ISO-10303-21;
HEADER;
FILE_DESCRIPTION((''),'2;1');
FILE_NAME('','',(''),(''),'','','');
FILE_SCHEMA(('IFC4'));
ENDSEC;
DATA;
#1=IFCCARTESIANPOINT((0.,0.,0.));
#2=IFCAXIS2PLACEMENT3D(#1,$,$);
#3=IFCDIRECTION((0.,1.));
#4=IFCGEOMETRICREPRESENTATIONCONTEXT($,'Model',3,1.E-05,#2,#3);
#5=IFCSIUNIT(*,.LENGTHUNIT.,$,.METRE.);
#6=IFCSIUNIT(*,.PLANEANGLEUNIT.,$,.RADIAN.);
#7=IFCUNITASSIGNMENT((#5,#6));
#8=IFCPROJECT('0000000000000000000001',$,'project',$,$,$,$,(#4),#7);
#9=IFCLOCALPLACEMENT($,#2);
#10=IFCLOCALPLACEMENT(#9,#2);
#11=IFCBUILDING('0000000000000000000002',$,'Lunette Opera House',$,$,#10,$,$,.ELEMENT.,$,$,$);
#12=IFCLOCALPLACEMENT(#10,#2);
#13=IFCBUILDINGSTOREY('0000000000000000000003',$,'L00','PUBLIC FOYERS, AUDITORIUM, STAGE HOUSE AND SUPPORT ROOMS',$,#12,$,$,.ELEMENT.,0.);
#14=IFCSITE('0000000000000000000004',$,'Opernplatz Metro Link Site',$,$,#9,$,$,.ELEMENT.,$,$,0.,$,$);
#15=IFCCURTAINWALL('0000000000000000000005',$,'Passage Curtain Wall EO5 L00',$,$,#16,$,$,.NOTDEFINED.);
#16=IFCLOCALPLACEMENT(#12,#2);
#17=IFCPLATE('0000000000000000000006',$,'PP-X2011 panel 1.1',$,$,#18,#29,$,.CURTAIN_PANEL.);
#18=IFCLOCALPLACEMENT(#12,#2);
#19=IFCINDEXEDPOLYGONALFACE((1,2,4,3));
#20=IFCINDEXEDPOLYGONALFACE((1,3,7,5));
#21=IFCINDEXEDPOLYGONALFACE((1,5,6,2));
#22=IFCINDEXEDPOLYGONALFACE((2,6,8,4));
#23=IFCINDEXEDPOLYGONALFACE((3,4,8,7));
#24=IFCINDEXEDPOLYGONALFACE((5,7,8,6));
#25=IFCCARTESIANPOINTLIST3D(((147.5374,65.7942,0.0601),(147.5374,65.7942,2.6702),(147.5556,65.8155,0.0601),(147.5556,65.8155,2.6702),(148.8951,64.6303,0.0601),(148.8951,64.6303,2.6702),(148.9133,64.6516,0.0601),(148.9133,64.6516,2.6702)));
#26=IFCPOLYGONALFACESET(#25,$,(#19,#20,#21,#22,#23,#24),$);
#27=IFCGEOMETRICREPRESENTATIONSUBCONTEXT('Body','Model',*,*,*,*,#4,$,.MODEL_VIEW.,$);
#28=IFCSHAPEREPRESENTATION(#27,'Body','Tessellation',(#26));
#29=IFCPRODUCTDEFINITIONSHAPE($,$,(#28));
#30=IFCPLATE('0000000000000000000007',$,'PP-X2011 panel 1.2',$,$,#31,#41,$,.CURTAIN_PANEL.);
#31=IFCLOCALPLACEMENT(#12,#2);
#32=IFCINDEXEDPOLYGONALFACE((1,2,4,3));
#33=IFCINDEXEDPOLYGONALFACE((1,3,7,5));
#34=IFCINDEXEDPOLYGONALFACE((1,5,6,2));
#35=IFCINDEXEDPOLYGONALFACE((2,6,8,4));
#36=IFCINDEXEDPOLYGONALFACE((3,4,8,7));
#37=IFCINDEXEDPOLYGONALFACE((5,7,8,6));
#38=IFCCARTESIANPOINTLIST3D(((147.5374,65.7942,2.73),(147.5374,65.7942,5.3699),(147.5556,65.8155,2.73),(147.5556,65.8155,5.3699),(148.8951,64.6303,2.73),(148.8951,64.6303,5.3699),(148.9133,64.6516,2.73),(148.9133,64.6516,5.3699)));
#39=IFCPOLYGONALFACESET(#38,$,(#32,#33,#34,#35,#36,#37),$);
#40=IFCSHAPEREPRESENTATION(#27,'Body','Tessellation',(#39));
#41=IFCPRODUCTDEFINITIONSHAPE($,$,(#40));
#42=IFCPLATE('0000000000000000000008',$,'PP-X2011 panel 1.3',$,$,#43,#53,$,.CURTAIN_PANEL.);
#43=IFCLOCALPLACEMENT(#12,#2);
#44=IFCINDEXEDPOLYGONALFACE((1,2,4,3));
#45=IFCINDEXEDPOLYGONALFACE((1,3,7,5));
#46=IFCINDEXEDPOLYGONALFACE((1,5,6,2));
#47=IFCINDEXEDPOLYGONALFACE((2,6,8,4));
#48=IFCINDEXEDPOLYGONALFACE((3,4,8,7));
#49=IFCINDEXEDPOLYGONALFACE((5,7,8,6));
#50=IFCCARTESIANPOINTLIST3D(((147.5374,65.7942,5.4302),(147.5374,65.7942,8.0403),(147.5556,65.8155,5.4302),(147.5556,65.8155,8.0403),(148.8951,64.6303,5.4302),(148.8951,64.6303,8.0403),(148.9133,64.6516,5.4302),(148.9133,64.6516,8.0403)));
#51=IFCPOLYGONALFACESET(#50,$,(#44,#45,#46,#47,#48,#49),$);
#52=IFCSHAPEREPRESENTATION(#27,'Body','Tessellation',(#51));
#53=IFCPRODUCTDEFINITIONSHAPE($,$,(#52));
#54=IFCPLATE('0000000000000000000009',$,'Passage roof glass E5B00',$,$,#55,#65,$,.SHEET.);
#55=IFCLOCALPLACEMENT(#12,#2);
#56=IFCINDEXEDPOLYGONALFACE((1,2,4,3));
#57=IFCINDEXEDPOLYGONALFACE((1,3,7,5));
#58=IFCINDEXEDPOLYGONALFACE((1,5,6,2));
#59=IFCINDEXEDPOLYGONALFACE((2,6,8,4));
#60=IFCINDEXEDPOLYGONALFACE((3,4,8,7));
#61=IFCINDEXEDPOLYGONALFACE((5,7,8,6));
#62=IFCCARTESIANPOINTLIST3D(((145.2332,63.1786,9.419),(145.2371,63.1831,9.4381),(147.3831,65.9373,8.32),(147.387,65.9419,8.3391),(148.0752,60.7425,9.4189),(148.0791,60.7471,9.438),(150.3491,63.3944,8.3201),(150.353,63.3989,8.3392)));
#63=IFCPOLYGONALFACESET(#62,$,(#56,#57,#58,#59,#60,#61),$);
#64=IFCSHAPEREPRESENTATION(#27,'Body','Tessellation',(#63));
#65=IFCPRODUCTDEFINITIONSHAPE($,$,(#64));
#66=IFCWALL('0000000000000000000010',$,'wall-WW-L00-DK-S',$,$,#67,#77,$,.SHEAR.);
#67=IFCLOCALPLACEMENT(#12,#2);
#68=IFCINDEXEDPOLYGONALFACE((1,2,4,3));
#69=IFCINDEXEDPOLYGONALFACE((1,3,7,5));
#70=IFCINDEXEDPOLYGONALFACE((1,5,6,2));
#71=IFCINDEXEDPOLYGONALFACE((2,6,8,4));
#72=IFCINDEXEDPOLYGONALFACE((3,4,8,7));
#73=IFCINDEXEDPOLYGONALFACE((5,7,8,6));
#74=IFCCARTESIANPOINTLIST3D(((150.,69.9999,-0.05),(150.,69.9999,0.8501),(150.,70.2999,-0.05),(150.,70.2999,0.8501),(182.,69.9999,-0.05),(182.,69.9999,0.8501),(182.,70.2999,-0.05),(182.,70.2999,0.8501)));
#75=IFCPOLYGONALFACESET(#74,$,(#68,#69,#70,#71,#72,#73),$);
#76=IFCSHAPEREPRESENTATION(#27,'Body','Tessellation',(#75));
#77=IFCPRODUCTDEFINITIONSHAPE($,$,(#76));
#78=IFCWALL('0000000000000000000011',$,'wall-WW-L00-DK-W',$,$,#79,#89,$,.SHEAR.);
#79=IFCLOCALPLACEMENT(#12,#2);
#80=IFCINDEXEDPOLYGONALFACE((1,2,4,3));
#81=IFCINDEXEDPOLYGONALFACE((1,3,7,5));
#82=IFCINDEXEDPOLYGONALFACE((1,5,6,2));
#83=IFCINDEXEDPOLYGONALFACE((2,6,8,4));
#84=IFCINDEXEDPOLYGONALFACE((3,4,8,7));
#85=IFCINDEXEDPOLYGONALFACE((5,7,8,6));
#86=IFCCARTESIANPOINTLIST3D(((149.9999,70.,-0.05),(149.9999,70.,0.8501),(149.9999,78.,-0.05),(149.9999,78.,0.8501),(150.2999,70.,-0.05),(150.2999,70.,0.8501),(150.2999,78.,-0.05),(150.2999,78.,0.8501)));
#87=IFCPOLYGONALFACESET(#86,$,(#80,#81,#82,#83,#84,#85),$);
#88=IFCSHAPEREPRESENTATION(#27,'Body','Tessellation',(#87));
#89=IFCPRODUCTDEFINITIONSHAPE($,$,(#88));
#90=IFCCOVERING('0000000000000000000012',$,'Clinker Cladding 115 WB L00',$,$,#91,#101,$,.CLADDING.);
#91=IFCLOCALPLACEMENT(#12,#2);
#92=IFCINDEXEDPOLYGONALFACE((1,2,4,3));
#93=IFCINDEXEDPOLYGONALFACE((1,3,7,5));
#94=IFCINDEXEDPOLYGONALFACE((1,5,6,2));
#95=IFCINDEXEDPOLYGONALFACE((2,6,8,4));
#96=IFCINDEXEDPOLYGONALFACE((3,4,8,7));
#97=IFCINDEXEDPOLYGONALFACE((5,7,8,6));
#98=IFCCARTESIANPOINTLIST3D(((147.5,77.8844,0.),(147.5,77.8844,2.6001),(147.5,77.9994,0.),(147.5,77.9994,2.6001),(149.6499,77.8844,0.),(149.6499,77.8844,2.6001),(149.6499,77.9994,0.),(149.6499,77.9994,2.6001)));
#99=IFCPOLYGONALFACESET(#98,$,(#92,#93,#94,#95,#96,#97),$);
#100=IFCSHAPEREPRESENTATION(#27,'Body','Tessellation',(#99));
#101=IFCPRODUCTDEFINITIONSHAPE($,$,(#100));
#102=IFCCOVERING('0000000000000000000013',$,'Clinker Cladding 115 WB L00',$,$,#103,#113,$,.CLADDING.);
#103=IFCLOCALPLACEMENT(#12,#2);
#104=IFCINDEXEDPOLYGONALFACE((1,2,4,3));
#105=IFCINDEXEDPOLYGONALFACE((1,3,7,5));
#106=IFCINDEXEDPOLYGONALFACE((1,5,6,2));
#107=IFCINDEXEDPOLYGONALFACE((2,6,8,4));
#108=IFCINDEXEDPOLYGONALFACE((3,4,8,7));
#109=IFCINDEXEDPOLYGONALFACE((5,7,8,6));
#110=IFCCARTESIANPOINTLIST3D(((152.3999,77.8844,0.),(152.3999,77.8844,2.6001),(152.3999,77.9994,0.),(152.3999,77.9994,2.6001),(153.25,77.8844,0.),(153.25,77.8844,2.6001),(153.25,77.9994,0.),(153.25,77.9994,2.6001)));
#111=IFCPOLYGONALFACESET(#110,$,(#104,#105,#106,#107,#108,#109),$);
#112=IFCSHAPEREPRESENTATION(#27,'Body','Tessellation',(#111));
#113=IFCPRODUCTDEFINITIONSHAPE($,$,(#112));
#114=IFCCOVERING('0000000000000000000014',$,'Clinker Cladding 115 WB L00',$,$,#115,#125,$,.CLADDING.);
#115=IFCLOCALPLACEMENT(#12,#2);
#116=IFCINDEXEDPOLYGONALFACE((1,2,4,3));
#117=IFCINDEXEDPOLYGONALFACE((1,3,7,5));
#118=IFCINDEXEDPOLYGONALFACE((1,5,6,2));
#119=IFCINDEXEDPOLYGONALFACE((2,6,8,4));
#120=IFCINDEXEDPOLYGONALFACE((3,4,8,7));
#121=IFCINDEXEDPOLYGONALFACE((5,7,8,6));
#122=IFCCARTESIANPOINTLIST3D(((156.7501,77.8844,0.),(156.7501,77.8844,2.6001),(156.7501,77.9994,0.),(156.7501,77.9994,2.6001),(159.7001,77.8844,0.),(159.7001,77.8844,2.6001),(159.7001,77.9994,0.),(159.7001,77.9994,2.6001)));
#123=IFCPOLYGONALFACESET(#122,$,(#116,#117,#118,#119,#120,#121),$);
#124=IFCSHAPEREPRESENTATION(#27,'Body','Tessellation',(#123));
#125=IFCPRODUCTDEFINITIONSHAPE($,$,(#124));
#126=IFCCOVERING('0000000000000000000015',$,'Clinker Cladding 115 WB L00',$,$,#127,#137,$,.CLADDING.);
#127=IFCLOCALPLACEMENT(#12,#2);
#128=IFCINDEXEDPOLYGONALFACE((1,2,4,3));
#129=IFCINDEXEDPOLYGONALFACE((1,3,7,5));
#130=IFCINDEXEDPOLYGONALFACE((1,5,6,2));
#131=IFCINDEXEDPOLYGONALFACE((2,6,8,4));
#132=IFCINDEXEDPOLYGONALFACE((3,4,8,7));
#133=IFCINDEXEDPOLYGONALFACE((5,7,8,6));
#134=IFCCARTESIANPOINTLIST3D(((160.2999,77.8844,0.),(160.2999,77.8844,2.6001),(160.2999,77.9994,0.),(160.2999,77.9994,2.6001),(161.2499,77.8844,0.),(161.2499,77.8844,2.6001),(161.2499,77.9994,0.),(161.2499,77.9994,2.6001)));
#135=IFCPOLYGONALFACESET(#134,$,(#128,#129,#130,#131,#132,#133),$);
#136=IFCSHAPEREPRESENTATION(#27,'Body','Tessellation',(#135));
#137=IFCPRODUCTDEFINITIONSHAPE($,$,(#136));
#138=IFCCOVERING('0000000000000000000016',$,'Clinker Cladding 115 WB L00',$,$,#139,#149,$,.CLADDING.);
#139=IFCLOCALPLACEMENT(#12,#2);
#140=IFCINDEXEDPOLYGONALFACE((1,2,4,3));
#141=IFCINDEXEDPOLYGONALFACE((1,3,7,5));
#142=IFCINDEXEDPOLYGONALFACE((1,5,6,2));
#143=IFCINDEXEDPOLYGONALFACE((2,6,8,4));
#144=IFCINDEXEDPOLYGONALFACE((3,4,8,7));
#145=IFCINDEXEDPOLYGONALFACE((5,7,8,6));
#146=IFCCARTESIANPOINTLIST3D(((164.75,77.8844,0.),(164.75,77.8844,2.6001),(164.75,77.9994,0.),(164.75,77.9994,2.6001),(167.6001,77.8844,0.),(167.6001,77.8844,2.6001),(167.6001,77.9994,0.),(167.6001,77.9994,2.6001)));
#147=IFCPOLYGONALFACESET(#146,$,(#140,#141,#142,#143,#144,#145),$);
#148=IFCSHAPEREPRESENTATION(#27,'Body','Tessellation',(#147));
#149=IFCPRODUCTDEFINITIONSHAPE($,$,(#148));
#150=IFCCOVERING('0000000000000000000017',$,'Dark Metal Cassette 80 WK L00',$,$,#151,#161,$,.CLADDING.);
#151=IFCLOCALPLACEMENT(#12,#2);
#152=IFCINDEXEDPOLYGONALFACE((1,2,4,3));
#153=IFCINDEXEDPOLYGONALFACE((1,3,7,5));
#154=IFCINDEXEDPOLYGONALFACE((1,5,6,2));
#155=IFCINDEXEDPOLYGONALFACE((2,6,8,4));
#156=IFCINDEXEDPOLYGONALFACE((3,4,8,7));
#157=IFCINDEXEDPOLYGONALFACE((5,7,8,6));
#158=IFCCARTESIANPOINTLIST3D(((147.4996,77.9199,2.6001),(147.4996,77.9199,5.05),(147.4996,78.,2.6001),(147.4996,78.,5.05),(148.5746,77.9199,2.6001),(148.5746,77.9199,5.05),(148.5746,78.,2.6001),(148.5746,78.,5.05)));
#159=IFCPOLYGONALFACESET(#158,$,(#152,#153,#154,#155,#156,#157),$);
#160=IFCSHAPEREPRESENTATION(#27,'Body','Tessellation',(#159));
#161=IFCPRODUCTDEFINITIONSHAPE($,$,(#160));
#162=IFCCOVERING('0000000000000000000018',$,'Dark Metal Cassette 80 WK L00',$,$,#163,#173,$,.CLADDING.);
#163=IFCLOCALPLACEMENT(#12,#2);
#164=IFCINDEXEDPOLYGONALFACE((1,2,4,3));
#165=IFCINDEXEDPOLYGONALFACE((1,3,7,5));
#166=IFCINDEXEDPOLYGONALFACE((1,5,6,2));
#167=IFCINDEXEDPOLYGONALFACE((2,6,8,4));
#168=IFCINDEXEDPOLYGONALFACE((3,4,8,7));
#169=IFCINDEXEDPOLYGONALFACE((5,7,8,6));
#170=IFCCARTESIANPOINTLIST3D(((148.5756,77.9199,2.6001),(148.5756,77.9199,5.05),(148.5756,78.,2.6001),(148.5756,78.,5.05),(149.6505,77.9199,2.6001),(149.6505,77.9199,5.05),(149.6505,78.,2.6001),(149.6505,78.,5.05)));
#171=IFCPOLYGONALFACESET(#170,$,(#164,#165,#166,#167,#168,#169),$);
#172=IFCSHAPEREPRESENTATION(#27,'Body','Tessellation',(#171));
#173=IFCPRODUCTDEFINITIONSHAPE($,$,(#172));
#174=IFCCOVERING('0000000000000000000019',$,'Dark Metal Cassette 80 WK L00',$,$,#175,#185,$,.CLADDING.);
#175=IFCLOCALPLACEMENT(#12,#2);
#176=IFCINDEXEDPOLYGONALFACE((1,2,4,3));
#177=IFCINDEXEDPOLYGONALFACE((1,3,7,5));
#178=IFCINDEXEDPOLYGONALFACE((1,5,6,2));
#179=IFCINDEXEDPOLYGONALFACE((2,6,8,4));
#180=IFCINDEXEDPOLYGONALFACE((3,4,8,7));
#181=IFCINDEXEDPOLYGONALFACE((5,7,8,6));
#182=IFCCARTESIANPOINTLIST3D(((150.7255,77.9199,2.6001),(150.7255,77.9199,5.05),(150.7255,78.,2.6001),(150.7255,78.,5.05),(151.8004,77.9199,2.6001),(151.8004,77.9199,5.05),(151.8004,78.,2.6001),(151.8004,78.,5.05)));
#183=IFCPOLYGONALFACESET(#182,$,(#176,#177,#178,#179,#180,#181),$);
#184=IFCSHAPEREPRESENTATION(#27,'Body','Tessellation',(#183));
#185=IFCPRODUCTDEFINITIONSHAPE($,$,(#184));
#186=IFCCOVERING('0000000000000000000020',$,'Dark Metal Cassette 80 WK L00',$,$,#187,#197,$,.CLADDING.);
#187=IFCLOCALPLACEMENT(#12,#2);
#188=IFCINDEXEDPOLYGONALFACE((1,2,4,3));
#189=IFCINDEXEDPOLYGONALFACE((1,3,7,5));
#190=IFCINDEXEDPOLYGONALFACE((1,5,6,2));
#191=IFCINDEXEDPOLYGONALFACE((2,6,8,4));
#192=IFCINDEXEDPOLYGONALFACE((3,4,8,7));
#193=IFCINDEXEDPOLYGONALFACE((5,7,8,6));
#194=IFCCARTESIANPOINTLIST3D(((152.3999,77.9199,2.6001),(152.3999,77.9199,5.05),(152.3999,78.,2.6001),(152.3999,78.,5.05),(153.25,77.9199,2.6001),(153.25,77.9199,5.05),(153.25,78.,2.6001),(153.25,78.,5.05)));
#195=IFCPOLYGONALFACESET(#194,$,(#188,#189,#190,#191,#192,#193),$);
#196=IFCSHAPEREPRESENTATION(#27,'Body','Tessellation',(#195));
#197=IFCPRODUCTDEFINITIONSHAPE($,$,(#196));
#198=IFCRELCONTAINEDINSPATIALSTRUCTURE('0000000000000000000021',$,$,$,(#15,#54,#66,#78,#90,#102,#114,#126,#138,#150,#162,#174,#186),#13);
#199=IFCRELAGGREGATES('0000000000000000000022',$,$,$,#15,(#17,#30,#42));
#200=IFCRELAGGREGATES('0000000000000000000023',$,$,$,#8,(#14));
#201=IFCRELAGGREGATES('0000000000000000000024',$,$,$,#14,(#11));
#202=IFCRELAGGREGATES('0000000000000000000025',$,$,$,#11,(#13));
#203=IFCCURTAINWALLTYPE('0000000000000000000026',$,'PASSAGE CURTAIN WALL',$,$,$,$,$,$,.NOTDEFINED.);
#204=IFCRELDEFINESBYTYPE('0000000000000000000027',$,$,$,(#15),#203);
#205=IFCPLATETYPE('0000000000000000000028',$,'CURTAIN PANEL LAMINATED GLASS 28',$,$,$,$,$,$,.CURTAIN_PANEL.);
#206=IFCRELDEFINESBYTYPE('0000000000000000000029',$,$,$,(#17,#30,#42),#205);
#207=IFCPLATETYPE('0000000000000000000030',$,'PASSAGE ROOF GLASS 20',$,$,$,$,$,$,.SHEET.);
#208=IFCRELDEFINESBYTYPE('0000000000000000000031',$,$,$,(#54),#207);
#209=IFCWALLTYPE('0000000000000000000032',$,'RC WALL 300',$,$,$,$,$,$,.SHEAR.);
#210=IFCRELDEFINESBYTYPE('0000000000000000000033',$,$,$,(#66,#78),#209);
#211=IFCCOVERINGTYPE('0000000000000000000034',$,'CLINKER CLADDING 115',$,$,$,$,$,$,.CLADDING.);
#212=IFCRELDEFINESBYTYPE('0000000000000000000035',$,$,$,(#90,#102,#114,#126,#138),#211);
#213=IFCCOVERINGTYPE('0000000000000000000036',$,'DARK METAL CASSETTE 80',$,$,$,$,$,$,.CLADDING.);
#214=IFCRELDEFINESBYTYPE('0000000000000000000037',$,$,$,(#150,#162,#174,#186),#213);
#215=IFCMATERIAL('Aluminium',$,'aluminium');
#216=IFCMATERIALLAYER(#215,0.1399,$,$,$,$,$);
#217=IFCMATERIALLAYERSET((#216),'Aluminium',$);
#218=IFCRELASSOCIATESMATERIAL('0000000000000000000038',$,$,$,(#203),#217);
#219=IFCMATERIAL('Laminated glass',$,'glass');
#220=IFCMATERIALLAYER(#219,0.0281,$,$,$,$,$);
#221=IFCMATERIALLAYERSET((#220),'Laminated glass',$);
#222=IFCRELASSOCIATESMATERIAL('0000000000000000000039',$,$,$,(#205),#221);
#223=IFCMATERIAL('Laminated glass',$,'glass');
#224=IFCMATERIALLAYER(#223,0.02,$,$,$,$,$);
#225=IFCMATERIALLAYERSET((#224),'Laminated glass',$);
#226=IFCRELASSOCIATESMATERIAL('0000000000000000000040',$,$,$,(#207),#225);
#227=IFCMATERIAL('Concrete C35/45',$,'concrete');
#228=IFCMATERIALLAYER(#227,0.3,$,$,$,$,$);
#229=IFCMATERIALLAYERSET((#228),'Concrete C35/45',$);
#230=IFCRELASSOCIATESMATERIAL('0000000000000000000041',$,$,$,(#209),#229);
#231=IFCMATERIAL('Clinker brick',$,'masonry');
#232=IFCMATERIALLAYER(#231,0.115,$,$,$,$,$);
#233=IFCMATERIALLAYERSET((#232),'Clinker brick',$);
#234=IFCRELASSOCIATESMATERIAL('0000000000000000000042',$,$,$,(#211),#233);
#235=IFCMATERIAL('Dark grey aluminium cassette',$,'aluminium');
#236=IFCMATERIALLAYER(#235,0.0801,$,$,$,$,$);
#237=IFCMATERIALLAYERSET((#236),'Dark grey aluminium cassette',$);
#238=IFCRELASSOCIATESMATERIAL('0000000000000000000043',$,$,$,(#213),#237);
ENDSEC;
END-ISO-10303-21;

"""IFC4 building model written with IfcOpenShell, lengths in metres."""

from ifc_helpers import new_model, si_unit, direction, frame, frame_2d, origin, origin_2d, place, context, subcontext, project, spatial, polyline, rectangle, outline, extrude, material, layer, layer_set, type_object, element, aggregate, save


model = new_model("IFC4")

# Units and contexts
model_context = context("Model", 3, precision=1e-05, world=origin(), true_north=direction((0.0, 1.0)))
body_context = subcontext(model_context, "Body", "Model", "MODEL_VIEW")
ifc_project = project(units=[si_unit("LENGTHUNIT", "METRE"), si_unit("PLANEANGLEUNIT", "RADIAN")], contexts=[model_context])

# Site, building, storey
site_placement = place(None, origin())
site = spatial("IfcSite", under=ifc_project, at=site_placement, Name="Opernplatz Metro Link Site", CompositionType="ELEMENT", RefElevation=0.0)
building_placement = place(site_placement, origin())
building = spatial("IfcBuilding", under=site, at=building_placement, Name="Lunette Opera House", CompositionType="ELEMENT")
storey_placement = place(building_placement, origin())
storey = spatial("IfcBuildingStorey", under=building, at=storey_placement, Name="L00", Description="PUBLIC FOYERS, AUDITORIUM, STAGE HOUSE AND SUPPORT ROOMS", CompositionType="ELEMENT", Elevation=0.0)

# Curtain wall
ifc_material_1 = material(Name="Aluminium", Category="aluminium")
ifc_layer_1 = layer(ifc_material_1, 0.1399)
ifc_layer_set_1 = layer_set([ifc_layer_1], Name="Aluminium")
curtain_wall_type = type_object("IfcCurtainWallType", Name="PASSAGE CURTAIN WALL", PredefinedType="NOTDEFINED", material=ifc_layer_set_1)
curtain_wall_placement = place(storey_placement, origin())
curtain_wall = element("IfcCurtainWall", 1, at=curtain_wall_placement, inside=storey, type_object=curtain_wall_type, Name="Passage Curtain Wall EO5 L00", PredefinedType="NOTDEFINED")

# Plates
ifc_material_2 = material(Name="Laminated glass", Category="glass")
ifc_layer_2 = layer(ifc_material_2, 0.0281)
ifc_layer_set_2 = layer_set([ifc_layer_2], Name="Laminated glass")
plate_type_1 = type_object("IfcPlateType", Name="CURTAIN PANEL LAMINATED GLASS 28", PredefinedType="CURTAIN_PANEL", material=ifc_layer_set_2)
plate_1_placement = place(storey_placement, frame((148.2253, 65.2229, 0.0601), z_axis=(0.0, 0.0, 1.0), x_axis=(0.7592, -0.650857, 0.0)))
plate_1 = element("IfcPlate", 2, at=plate_1_placement, type_object=plate_type_1, Name="PP-X2011 panel 1.1", PredefinedType="CURTAIN_PANEL", context=body_context, shape_type="SweptSolid", body=[
    extrude(rectangle(XDim=1.7883, YDim=0.0281, at=origin_2d()), origin(), (0.0, 0.0, 1.0), 2.6101),
])
plate_2_placement = place(storey_placement, frame((148.2253, 65.2229, 2.73), z_axis=(0.0, 0.0, 1.0), x_axis=(0.7592, -0.650857, 0.0)))
plate_2 = element("IfcPlate", 3, at=plate_2_placement, type_object=plate_type_1, Name="PP-X2011 panel 1.2", PredefinedType="CURTAIN_PANEL", context=body_context, shape_type="SweptSolid", body=[
    extrude(rectangle(XDim=1.7883, YDim=0.0281, at=origin_2d()), origin(), (0.0, 0.0, 1.0), 2.6399),
])
plate_3_placement = place(storey_placement, frame((148.2253, 65.2229, 5.4302), z_axis=(0.0, 0.0, 1.0), x_axis=(0.7592, -0.650857, 0.0)))
plate_3 = element("IfcPlate", 4, at=plate_3_placement, type_object=plate_type_1, Name="PP-X2011 panel 1.3", PredefinedType="CURTAIN_PANEL", context=body_context, shape_type="SweptSolid", body=[
    extrude(rectangle(XDim=1.7883, YDim=0.0281, at=origin_2d()), origin(), (0.0, 0.0, 1.0), 2.6101),
])
aggregate(curtain_wall, [plate_1, plate_2, plate_3])
ifc_material_3 = material(Name="Laminated glass", Category="glass")
ifc_layer_3 = layer(ifc_material_3, 0.02)
ifc_layer_set_3 = layer_set([ifc_layer_3], Name="Laminated glass")
plate_type_2 = type_object("IfcPlateType", Name="PASSAGE ROOF GLASS 20", PredefinedType="SHEET", material=ifc_layer_set_3)
plate_4_placement = place(storey_placement, frame((147.387, 65.9419, 8.3391), z_axis=(0.195286, 0.227805, 0.953922), x_axis=(0.759181, -0.65088, 0.000017)))
element("IfcPlate", 5, at=plate_4_placement, inside=storey, type_object=plate_type_2, Name="Passage roof glass E5B00", PredefinedType="SHEET", context=body_context, shape_type="SweptSolid", body=[
    extrude(outline(polyline([(0.0, 0.0), (3.9069, 0.0), (3.9067, -3.662), (0.1635, -3.6625), (0.0, 0.0)])), origin(), (0.0, 0.0, -1.0), 0.02),
])

# Walls
ifc_material_4 = material(Name="Concrete C35/45", Category="concrete")
ifc_layer_4 = layer(ifc_material_4, 0.3)
ifc_layer_set_4 = layer_set([ifc_layer_4], Name="Concrete C35/45")
wall_type = type_object("IfcWallType", Name="RC WALL 300", PredefinedType="SHEAR", material=ifc_layer_set_4)
wall_1_placement = place(storey_placement, frame((150.0, 70.1499, -0.05), z_axis=(0.0, 0.0, 1.0), x_axis=(1.0, 0.0, 0.0)))
element("IfcWall", 6, at=wall_1_placement, inside=storey, type_object=wall_type, Name="wall-WW-L00-DK-S", PredefinedType="SHEAR", context=body_context, shape_type="SweptSolid", body=[
    extrude(rectangle(XDim=32.0, YDim=0.3, at=frame_2d((16.0, 0.0))), origin(), (0.0, 0.0, 1.0), 0.9001),
])
wall_2_placement = place(storey_placement, frame((150.1499, 70.0, -0.05), z_axis=(0.0, 0.0, 1.0), x_axis=(0.0, 1.0, 0.0)))
element("IfcWall", 7, at=wall_2_placement, inside=storey, type_object=wall_type, Name="wall-WW-L00-DK-W", PredefinedType="SHEAR", context=body_context, shape_type="SweptSolid", body=[
    extrude(rectangle(XDim=8.0, YDim=0.3, at=frame_2d((4.0, 0.0))), origin(), (0.0, 0.0, 1.0), 0.9001),
])

# Coverings
ifc_material_5 = material(Name="Clinker brick", Category="masonry")
ifc_layer_5 = layer(ifc_material_5, 0.115)
ifc_layer_set_5 = layer_set([ifc_layer_5], Name="Clinker brick")
covering_type_1 = type_object("IfcCoveringType", Name="CLINKER CLADDING 115", PredefinedType="CLADDING", material=ifc_layer_set_5)
covering_1_placement = place(storey_placement, frame((148.575, 77.9419, 0.0), z_axis=(0.0, 0.0, 1.0), x_axis=(1.0, 0.0, 0.0)))
element("IfcCovering", 8, at=covering_1_placement, inside=storey, type_object=covering_type_1, Name="Clinker Cladding 115 WB L00", PredefinedType="CLADDING", context=body_context, shape_type="SweptSolid", body=[
    extrude(rectangle(XDim=2.1499, YDim=0.115, at=origin_2d()), origin(), (0.0, 0.0, 1.0), 2.6001),
])
covering_2_placement = place(storey_placement, frame((152.825, 77.9419, 0.0), z_axis=(0.0, 0.0, 1.0), x_axis=(1.0, 0.0, 0.0)))
element("IfcCovering", 9, at=covering_2_placement, inside=storey, type_object=covering_type_1, Name="Clinker Cladding 115 WB L00", PredefinedType="CLADDING", context=body_context, shape_type="SweptSolid", body=[
    extrude(rectangle(XDim=0.8501, YDim=0.115, at=origin_2d()), origin(), (0.0, 0.0, 1.0), 2.6001),
])
covering_3_placement = place(storey_placement, frame((158.2251, 77.9419, 0.0), z_axis=(0.0, 0.0, 1.0), x_axis=(1.0, 0.0, 0.0)))
element("IfcCovering", 10, at=covering_3_placement, inside=storey, type_object=covering_type_1, Name="Clinker Cladding 115 WB L00", PredefinedType="CLADDING", context=body_context, shape_type="SweptSolid", body=[
    extrude(rectangle(XDim=2.95, YDim=0.115, at=origin_2d()), origin(), (0.0, 0.0, 1.0), 2.6001),
])
covering_4_placement = place(storey_placement, frame((160.7749, 77.9419, 0.0), z_axis=(0.0, 0.0, 1.0), x_axis=(1.0, 0.0, 0.0)))
element("IfcCovering", 11, at=covering_4_placement, inside=storey, type_object=covering_type_1, Name="Clinker Cladding 115 WB L00", PredefinedType="CLADDING", context=body_context, shape_type="SweptSolid", body=[
    extrude(rectangle(XDim=0.95, YDim=0.115, at=origin_2d()), origin(), (0.0, 0.0, 1.0), 2.6001),
])
covering_5_placement = place(storey_placement, frame((166.175, 77.9419, 0.0), z_axis=(0.0, 0.0, 1.0), x_axis=(1.0, 0.0, 0.0)))
element("IfcCovering", 12, at=covering_5_placement, inside=storey, type_object=covering_type_1, Name="Clinker Cladding 115 WB L00", PredefinedType="CLADDING", context=body_context, shape_type="SweptSolid", body=[
    extrude(rectangle(XDim=2.8501, YDim=0.115, at=origin_2d()), origin(), (0.0, 0.0, 1.0), 2.6001),
])
ifc_material_6 = material(Name="Dark grey aluminium cassette", Category="aluminium")
ifc_layer_6 = layer(ifc_material_6, 0.0801)
ifc_layer_set_6 = layer_set([ifc_layer_6], Name="Dark grey aluminium cassette")
covering_type_2 = type_object("IfcCoveringType", Name="DARK METAL CASSETTE 80", PredefinedType="CLADDING", material=ifc_layer_set_6)
for number, where, z_axis, x_axis, name in (
    (13, (148.0371, 77.96, 2.6001), (0.0, 0.0, 1.0), (1.0, 0.0, 0.0), "Dark Metal Cassette 80 WK L00"),
    (14, (149.113, 77.96, 2.6001), (0.0, 0.0, 1.0), (1.0, 0.0, 0.0), "Dark Metal Cassette 80 WK L00"),
    (15, (151.2629, 77.96, 2.6001), (0.0, 0.0, 1.0), (1.0, 0.0, 0.0), "Dark Metal Cassette 80 WK L00"),
):
    element("IfcCovering", number, at=place(storey_placement, frame(where, z_axis=z_axis, x_axis=x_axis)), inside=storey, type_object=covering_type_2, Name=name, PredefinedType="CLADDING", context=body_context, shape_type="SweptSolid", body=[
        extrude(rectangle(XDim=1.075, YDim=0.0801, at=origin_2d()), origin(), (0.0, 0.0, 1.0), 2.45),
    ])
covering_6_placement = place(storey_placement, frame((152.825, 77.96, 2.6001), z_axis=(0.0, 0.0, 1.0), x_axis=(1.0, 0.0, 0.0)))
element("IfcCovering", 16, at=covering_6_placement, inside=storey, type_object=covering_type_2, Name="Dark Metal Cassette 80 WK L00", PredefinedType="CLADDING", context=body_context, shape_type="SweptSolid", body=[
    extrude(rectangle(XDim=0.8501, YDim=0.0801, at=origin_2d()), origin(), (0.0, 0.0, 1.0), 2.45),
])

save(model, "model.ifc")
